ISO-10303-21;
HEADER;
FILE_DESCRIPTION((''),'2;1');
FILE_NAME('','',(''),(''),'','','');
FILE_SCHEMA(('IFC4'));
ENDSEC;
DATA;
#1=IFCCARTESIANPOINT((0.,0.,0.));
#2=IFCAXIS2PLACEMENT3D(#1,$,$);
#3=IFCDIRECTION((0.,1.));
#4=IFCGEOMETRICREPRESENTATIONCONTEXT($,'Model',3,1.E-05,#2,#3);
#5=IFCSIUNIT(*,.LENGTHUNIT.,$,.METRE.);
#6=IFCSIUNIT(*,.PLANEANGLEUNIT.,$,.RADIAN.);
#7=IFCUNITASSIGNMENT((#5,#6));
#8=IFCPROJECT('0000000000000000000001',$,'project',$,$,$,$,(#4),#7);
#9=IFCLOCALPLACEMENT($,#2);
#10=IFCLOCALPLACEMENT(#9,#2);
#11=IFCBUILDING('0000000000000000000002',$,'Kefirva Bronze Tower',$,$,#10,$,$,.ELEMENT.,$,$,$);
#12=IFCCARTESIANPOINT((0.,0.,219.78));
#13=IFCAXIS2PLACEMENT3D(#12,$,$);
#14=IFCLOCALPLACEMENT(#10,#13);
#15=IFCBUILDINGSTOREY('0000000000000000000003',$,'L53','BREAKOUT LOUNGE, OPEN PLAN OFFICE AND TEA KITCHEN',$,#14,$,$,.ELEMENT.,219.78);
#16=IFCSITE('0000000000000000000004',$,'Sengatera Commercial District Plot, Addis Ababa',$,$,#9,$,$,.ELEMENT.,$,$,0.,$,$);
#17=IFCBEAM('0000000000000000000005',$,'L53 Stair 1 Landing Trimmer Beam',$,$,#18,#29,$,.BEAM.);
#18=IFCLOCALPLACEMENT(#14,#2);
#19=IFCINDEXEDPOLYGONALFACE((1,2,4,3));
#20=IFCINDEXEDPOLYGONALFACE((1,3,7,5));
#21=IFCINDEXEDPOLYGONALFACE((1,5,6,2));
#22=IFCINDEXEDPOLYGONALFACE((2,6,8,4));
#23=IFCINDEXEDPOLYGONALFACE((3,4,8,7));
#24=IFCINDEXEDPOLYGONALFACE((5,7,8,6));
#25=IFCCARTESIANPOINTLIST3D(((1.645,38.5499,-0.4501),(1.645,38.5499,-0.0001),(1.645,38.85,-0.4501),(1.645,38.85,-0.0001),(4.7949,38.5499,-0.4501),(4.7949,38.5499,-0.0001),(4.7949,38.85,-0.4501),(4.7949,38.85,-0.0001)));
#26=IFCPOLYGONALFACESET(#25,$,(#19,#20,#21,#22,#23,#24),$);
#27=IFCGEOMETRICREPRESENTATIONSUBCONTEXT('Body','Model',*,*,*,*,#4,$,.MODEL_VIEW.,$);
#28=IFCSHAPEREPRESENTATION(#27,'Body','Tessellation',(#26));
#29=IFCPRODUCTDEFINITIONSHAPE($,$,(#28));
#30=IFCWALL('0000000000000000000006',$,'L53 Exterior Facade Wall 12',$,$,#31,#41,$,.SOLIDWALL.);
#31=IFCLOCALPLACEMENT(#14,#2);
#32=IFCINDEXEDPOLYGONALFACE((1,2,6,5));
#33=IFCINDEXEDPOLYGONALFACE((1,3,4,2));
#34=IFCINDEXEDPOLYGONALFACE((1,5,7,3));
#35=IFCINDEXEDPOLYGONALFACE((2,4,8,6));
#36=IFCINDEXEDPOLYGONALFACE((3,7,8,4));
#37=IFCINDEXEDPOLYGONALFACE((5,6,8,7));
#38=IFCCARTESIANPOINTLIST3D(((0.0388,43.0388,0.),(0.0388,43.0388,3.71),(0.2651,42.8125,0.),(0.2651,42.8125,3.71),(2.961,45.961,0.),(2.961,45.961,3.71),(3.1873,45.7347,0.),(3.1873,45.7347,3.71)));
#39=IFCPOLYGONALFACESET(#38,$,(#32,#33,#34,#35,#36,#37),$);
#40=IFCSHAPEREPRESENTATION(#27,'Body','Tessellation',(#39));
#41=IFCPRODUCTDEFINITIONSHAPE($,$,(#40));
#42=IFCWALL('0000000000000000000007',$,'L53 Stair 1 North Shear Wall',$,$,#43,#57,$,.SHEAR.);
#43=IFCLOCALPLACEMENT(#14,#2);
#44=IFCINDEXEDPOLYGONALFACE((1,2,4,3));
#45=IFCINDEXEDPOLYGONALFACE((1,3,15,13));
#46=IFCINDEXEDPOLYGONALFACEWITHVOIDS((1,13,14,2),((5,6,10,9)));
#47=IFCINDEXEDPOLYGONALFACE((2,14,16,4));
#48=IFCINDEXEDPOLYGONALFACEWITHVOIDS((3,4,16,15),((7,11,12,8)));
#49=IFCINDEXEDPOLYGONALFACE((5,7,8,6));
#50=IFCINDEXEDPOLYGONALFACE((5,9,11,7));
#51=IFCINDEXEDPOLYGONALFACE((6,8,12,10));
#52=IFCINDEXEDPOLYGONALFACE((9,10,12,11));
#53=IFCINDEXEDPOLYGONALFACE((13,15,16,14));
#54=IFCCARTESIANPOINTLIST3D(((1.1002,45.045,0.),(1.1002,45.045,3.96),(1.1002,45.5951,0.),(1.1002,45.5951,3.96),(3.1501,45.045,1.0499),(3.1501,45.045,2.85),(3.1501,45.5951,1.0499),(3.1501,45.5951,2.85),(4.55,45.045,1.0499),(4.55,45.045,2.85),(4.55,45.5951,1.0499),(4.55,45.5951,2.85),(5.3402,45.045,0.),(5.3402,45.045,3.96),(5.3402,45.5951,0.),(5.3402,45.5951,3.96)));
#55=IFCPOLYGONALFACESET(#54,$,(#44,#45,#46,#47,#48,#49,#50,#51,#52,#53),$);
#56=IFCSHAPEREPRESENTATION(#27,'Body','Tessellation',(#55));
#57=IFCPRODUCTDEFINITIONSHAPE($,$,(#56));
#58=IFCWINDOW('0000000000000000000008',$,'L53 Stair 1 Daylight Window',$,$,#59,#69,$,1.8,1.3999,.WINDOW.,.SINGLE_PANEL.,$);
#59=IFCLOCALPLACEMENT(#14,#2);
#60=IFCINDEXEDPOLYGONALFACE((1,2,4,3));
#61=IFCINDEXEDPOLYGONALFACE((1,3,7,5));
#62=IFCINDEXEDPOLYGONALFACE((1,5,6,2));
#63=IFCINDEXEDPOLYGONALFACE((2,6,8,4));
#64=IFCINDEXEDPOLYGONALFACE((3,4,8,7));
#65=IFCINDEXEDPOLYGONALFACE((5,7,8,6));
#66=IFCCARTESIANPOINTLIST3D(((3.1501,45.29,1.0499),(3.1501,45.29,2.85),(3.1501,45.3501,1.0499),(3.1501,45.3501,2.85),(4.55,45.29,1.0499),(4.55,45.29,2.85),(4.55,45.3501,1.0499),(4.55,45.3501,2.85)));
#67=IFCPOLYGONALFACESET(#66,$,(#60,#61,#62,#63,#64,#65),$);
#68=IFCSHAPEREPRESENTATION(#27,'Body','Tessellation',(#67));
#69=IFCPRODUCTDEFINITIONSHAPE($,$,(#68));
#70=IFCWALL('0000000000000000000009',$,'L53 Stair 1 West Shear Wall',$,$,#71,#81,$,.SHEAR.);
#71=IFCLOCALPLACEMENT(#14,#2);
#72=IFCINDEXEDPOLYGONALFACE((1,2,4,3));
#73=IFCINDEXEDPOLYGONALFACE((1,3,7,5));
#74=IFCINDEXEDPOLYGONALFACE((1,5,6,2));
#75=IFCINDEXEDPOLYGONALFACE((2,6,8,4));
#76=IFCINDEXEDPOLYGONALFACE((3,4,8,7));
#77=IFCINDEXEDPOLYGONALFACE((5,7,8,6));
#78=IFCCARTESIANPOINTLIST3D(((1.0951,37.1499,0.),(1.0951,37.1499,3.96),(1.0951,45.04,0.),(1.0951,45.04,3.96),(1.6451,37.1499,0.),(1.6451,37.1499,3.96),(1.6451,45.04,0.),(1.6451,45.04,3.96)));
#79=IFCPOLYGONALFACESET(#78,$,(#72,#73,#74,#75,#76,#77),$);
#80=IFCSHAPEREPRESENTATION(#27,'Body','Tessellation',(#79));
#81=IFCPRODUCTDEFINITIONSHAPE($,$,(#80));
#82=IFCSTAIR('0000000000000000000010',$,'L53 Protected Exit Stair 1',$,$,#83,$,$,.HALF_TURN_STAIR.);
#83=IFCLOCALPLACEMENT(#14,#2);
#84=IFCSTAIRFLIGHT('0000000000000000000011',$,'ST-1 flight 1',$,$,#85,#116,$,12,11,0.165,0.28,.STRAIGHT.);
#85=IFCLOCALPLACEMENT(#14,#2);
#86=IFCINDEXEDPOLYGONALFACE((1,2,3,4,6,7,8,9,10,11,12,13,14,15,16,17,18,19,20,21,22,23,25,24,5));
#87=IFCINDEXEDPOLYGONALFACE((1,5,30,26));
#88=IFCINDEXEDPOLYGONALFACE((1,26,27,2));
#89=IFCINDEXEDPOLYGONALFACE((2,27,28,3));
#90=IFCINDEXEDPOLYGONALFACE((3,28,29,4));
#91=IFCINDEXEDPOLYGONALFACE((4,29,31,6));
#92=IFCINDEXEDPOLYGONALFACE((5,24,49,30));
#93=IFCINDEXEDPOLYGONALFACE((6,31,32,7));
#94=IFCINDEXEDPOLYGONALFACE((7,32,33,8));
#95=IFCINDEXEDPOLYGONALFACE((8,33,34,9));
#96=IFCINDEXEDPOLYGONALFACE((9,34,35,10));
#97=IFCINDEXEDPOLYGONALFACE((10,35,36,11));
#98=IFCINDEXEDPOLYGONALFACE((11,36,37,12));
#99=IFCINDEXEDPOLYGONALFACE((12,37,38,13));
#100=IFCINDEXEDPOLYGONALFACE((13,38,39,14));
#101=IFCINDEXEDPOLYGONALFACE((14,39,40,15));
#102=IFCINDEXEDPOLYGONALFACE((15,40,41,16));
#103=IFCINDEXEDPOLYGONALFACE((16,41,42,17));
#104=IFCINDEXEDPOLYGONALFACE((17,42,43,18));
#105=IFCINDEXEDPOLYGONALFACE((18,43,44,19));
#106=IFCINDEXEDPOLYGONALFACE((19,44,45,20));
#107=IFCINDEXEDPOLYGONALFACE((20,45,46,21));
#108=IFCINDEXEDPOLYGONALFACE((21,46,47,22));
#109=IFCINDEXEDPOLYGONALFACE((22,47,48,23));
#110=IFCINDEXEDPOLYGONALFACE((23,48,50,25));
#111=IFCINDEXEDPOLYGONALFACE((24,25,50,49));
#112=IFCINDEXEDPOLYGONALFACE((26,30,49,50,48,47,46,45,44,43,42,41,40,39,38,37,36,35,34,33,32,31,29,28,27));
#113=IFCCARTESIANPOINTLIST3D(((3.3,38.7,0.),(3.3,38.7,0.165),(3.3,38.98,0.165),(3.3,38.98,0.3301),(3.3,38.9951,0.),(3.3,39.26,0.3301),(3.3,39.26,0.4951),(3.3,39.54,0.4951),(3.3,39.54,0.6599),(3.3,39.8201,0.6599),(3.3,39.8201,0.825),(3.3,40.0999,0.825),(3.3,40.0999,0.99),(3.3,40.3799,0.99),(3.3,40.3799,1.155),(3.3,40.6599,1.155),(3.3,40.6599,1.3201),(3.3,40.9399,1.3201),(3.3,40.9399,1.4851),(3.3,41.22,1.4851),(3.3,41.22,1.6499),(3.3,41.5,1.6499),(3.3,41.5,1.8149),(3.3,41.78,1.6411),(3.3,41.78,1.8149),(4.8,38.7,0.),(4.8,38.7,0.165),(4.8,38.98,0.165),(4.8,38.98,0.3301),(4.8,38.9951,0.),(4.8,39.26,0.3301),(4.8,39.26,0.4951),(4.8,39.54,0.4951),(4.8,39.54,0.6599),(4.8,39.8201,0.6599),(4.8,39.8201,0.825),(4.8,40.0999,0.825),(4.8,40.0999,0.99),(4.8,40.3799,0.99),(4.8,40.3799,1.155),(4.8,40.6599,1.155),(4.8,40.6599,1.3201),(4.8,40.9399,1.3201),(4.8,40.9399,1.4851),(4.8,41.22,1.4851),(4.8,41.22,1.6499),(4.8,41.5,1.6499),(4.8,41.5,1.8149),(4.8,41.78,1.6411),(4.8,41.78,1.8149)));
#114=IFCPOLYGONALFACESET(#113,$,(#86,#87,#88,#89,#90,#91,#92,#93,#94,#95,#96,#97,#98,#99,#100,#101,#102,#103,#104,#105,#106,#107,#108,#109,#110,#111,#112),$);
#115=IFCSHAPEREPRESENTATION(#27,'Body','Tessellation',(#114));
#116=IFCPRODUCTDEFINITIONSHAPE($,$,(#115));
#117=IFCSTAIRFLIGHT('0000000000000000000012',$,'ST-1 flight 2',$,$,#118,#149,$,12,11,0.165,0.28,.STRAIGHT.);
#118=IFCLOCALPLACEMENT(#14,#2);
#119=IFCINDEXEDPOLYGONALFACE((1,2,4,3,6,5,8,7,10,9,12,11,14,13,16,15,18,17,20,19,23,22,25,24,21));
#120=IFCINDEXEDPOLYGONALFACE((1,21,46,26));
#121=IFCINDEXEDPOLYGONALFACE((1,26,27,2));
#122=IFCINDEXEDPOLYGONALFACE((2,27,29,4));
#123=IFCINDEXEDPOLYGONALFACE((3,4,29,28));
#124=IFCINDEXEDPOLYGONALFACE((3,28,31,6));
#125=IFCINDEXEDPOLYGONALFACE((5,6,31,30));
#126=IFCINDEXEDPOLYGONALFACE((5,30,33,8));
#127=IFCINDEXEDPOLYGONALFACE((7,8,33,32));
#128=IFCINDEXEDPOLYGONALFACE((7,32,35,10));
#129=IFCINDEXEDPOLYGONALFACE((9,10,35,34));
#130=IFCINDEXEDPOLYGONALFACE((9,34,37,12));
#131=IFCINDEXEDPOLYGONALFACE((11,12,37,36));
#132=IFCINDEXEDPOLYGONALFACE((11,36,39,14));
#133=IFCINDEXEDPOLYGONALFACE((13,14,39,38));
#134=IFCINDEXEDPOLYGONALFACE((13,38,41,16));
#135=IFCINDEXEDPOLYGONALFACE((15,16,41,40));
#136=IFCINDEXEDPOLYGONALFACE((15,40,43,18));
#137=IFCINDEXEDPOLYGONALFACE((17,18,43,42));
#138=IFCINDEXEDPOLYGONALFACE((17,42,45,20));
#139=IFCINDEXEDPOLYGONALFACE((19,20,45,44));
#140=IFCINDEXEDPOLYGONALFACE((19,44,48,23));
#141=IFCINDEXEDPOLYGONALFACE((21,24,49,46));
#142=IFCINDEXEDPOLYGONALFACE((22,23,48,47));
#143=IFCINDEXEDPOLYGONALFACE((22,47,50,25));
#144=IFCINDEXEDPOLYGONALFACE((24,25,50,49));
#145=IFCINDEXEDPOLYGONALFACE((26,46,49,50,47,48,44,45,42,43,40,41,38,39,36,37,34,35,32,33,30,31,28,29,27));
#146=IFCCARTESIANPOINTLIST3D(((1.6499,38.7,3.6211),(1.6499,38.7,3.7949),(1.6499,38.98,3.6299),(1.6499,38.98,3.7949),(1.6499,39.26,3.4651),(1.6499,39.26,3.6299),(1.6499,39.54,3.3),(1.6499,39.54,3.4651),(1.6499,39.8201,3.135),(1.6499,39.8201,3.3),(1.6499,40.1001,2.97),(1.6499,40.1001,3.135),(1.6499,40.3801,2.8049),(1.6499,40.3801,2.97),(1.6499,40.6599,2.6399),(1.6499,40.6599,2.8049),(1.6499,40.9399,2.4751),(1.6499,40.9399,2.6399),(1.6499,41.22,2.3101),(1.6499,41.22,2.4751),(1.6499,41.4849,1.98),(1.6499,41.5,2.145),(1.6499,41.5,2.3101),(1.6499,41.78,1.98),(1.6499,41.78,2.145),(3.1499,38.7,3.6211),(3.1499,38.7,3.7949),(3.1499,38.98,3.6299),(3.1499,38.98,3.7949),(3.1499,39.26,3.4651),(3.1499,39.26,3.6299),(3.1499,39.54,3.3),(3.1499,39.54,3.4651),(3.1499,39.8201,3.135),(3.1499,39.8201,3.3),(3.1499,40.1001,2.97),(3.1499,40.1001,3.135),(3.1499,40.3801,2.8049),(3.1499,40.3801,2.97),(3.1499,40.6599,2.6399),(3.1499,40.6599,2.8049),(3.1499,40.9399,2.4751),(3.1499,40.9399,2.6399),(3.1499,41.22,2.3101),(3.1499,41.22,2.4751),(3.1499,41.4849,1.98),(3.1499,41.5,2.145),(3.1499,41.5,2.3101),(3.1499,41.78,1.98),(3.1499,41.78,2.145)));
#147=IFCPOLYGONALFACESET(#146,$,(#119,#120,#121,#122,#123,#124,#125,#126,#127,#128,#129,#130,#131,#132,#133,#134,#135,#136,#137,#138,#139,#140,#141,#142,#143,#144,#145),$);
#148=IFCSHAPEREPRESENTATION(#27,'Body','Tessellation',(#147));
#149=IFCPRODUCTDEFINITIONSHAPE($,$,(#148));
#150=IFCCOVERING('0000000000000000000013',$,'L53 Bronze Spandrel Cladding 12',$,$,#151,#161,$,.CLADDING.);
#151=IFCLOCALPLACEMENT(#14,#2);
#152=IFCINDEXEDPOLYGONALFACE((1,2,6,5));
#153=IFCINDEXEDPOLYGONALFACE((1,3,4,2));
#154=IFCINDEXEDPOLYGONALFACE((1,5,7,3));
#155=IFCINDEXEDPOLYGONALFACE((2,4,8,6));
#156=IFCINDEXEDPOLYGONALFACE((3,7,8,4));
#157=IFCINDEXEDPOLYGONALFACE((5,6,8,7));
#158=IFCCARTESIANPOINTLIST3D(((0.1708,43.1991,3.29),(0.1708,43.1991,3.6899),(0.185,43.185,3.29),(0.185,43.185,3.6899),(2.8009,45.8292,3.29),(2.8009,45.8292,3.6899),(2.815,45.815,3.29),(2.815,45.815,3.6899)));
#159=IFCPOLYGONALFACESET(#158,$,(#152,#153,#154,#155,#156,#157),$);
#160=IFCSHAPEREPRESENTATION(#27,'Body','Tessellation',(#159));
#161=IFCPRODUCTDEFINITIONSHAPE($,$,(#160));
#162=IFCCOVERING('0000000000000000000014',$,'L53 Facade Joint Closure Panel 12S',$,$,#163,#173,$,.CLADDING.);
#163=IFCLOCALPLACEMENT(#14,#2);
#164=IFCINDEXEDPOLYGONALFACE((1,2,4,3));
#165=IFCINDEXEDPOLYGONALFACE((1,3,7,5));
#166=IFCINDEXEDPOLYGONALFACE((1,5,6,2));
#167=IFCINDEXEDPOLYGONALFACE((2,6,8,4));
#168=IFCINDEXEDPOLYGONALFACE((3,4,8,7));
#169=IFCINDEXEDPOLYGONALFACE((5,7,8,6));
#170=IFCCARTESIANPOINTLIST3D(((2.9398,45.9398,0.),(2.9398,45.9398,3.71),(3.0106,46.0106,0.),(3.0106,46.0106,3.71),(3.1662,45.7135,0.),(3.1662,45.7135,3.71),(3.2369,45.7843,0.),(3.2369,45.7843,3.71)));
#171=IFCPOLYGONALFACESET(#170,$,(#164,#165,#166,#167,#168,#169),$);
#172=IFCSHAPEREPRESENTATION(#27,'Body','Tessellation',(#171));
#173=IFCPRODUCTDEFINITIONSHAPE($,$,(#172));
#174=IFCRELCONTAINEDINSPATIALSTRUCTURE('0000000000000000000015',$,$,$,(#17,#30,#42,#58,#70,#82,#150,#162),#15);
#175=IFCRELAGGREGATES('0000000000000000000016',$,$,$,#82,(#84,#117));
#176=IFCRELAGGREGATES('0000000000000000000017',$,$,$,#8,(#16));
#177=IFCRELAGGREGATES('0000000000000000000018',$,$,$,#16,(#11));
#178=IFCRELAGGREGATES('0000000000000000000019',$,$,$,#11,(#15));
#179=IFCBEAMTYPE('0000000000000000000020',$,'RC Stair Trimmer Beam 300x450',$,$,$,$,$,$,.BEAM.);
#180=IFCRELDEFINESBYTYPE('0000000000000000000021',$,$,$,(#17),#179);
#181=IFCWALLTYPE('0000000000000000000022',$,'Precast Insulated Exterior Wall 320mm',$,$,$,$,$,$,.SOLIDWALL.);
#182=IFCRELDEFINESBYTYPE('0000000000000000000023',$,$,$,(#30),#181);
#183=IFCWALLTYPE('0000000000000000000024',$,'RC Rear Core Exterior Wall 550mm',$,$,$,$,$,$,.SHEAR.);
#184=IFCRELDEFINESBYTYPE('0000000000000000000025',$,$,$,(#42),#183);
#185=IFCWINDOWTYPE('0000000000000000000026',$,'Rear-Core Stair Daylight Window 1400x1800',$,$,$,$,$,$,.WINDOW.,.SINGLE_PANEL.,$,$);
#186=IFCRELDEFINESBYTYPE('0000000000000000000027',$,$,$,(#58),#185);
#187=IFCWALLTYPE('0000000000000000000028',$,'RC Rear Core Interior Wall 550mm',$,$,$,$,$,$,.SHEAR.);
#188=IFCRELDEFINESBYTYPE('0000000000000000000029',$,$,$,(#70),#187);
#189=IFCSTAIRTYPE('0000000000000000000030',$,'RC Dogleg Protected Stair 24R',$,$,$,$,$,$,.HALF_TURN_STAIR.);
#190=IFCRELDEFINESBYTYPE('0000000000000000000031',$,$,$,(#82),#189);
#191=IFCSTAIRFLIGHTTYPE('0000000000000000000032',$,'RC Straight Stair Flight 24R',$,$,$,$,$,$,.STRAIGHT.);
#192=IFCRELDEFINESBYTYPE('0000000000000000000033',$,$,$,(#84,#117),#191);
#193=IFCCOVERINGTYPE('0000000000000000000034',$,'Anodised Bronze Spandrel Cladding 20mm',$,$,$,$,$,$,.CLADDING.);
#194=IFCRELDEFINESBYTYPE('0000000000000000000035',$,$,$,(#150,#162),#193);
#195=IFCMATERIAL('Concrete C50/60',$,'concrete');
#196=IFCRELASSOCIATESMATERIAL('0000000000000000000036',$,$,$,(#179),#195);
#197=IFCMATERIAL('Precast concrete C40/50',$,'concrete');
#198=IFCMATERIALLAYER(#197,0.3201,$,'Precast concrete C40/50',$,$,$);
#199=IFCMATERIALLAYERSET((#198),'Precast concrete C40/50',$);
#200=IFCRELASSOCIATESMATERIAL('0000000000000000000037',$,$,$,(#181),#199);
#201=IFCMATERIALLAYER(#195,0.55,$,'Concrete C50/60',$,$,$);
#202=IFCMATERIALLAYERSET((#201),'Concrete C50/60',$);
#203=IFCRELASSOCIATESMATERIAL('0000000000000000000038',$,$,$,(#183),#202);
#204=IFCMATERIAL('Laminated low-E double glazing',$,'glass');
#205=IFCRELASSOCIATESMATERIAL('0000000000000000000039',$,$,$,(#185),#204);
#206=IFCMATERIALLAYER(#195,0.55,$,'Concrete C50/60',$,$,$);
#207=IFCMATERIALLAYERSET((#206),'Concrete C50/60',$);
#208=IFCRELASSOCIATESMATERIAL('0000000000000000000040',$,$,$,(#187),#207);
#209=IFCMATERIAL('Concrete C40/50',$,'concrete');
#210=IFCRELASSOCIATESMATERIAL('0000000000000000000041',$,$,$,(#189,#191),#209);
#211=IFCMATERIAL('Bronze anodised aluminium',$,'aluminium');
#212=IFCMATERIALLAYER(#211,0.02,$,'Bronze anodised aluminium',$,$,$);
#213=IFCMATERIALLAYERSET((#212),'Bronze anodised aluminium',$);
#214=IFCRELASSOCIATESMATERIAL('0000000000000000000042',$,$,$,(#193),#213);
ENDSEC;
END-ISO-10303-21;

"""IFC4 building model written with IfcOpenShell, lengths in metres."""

from ifc_helpers import new_model, si_unit, direction, frame, frame_2d, origin, origin_2d, place, context, subcontext, project, spatial, polyline, rectangle, outline, extrude, material, layer, layer_set, material_profile, profile_set, type_object, element, fill, aggregate, save


model = new_model("IFC4")

# Units and contexts
model_context = context("Model", 3, precision=1e-05, world=origin(), true_north=direction((0.0, 1.0)))
body_context = subcontext(model_context, "Body", "Model", "MODEL_VIEW")
ifc_project = project(units=[si_unit("LENGTHUNIT", "METRE"), si_unit("PLANEANGLEUNIT", "RADIAN")], contexts=[model_context])

# Site, building, storey
site_placement = place(None, origin())
site = spatial("IfcSite", under=ifc_project, at=site_placement, Name="Sengatera Commercial District Plot, Addis Ababa", CompositionType="ELEMENT", RefElevation=0.0)
building_placement = place(site_placement, origin())
building = spatial("IfcBuilding", under=site, at=building_placement, Name="Kefirva Bronze Tower", CompositionType="ELEMENT")
storey_placement = place(building_placement, frame((0.0, 0.0, 219.78)))
storey = spatial("IfcBuildingStorey", under=building, at=storey_placement, Name="L53", Description="BREAKOUT LOUNGE, OPEN PLAN OFFICE AND TEA KITCHEN", CompositionType="ELEMENT", Elevation=219.78)

# Beam
ifc_material_1 = material(Name="Concrete C50/60", Category="concrete")
ifc_material_profile = material_profile(ifc_material_1, rectangle(XDim=0.3, YDim=0.45, at=origin_2d()), Name="RC 300x450")
ifc_profile_set = profile_set([ifc_material_profile], Name="Concrete C50/60")
beam_type = type_object("IfcBeamType", Name="RC Stair Trimmer Beam 300x450", PredefinedType="BEAM", material=ifc_profile_set)
beam_placement = place(storey_placement, frame((1.645, 38.7, -0.2251), z_axis=(1.0, 0.0, 0.0), x_axis=(0.0, 1.0, 0.0)))
element("IfcBeam", 1, at=beam_placement, inside=storey, type_object=beam_type, Name="L53 Stair 1 Landing Trimmer Beam", PredefinedType="BEAM", context=body_context, shape_type="SweptSolid", body=[
    extrude(rectangle(XDim=0.3, YDim=0.45, at=origin_2d()), origin(), (0.0, 0.0, 1.0), 3.1499),
])

# Wall
ifc_material_2 = material(Name="Precast concrete C40/50", Category="concrete")
ifc_layer_1 = layer(ifc_material_2, 0.3201, Name="Precast concrete C40/50")
ifc_layer_set_1 = layer_set([ifc_layer_1], Name="Precast concrete C40/50")
wall_type_1 = type_object("IfcWallType", Name="Precast Insulated Exterior Wall 320mm", PredefinedType="SOLIDWALL", material=ifc_layer_set_1)
wall_1_placement = place(storey_placement, frame((3.0742, 45.8479, 0.0), z_axis=(0.0, 0.0, 1.0), x_axis=(-0.707107, -0.707107, 0.0)))
element("IfcWall", 2, at=wall_1_placement, inside=storey, type_object=wall_type_1, Name="L53 Exterior Facade Wall 12", PredefinedType="SOLIDWALL", context=body_context, shape_type="SweptSolid", body=[
    extrude(rectangle(XDim=4.1326, YDim=0.3201, at=frame_2d((2.0664, 0.0))), origin(), (0.0, 0.0, 1.0), 3.71),
])

# Wall, opening, window
ifc_layer_2 = layer(ifc_material_1, 0.55, Name="Concrete C50/60")
ifc_layer_set_2 = layer_set([ifc_layer_2], Name="Concrete C50/60")
wall_type_2 = type_object("IfcWallType", Name="RC Rear Core Exterior Wall 550mm", PredefinedType="SHEAR", material=ifc_layer_set_2)
wall_2_placement = place(storey_placement, frame((1.1001, 45.3201, 0.0), z_axis=(0.0, 0.0, 1.0), x_axis=(1.0, 0.0, 0.0)))
wall_2 = element("IfcWall", 3, at=wall_2_placement, inside=storey, type_object=wall_type_2, Name="L53 Stair 1 North Shear Wall", PredefinedType="SHEAR", context=body_context, shape_type="SweptSolid", body=[
    extrude(rectangle(XDim=4.24, YDim=0.55, at=frame_2d((2.1201, 0.0))), origin(), (0.0, 0.0, 1.0), 3.96),
])
opening_1_placement = place(wall_2_placement, frame((2.05, 0.0, 1.05)))
opening_1 = element("IfcOpeningElement", 4, at=opening_1_placement, cuts=wall_2, PredefinedType="OPENING", context=body_context, shape_type="SweptSolid", body=[
    extrude(rectangle(XDim=1.3999, YDim=1.8, at=frame_2d((0.7, 0.8999))), frame((0.0, 0.2852, 0.0), z_axis=(0.0, -1.0, 0.0), x_axis=(1.0, 0.0, 0.0)), (0.0, 0.0, 1.0), 0.5701),
])
ifc_material_3 = material(Name="Laminated low-E double glazing", Category="glass")
window_type = type_object("IfcWindowType", Name="Rear-Core Stair Daylight Window 1400x1800", PartitioningType="SINGLE_PANEL", PredefinedType="WINDOW", material=ifc_material_3)
window_placement = place(opening_1_placement, origin())
window = element("IfcWindow", 5, at=window_placement, inside=storey, type_object=window_type, Name="L53 Stair 1 Daylight Window", OverallHeight=1.8, OverallWidth=1.3999, PartitioningType="SINGLE_PANEL", PredefinedType="WINDOW", context=body_context, shape_type="SweptSolid", body=[
    extrude(rectangle(XDim=1.3999, YDim=1.8, at=frame_2d((0.7, 0.8999))), frame((0.0, 0.03, 0.0), z_axis=(0.0, -1.0, 0.0), x_axis=(1.0, 0.0, 0.0)), (0.0, 0.0, 1.0), 0.0601),
])
fill(opening_1, window)

# Wall
ifc_layer_3 = layer(ifc_material_1, 0.55, Name="Concrete C50/60")
ifc_layer_set_3 = layer_set([ifc_layer_3], Name="Concrete C50/60")
wall_type_3 = type_object("IfcWallType", Name="RC Rear Core Interior Wall 550mm", PredefinedType="SHEAR", material=ifc_layer_set_3)
wall_3_placement = place(storey_placement, frame((1.3701, 37.1499, 0.0), z_axis=(0.0, 0.0, 1.0), x_axis=(0.0, 1.0, 0.0)))
element("IfcWall", 6, at=wall_3_placement, inside=storey, type_object=wall_type_3, Name="L53 Stair 1 West Shear Wall", PredefinedType="SHEAR", context=body_context, shape_type="SweptSolid", body=[
    extrude(rectangle(XDim=7.8901, YDim=0.55, at=frame_2d((3.9451, 0.0))), origin(), (0.0, 0.0, 1.0), 3.96),
])

# Stair, stair flights
ifc_material_4 = material(Name="Concrete C40/50", Category="concrete")
stair_type = type_object("IfcStairType", Name="RC Dogleg Protected Stair 24R", PredefinedType="HALF_TURN_STAIR", material=ifc_material_4)
stair_placement = place(storey_placement, origin())
stair = element("IfcStair", 7, at=stair_placement, inside=storey, type_object=stair_type, Name="L53 Protected Exit Stair 1", PredefinedType="HALF_TURN_STAIR")
stair_flight_type = type_object("IfcStairFlightType", Name="RC Straight Stair Flight 24R", PredefinedType="STRAIGHT", material=ifc_material_4)
stair_flight_1_placement = place(storey_placement, frame((4.05, 38.7, 0.0), z_axis=(0.0, 0.0, 1.0), x_axis=(0.0, 1.0, 0.0)))
stair_flight_1 = element("IfcStairFlight", 8, at=stair_flight_1_placement, type_object=stair_flight_type, Name="ST-1 flight 1", NumberOfRisers=12, NumberOfTreads=11, PredefinedType="STRAIGHT", RiserHeight=0.165, TreadLength=0.28, context=body_context, shape_type="SweptSolid", body=[
    extrude(outline(polyline([(0.0, 0.0), (0.0, 0.165), (0.28, 0.165), (0.28, 0.3301), (0.5601, 0.3301), (0.5601, 0.4951), (0.8401, 0.4951), (0.8401, 0.6599), (1.1201, 0.6599), (1.1201, 0.825), (1.3999, 0.825), (1.3999, 0.99), (1.6799, 0.99), (1.6799, 1.155), (1.96, 1.155), (1.96, 1.3201), (2.24, 1.3201), (2.24, 1.4851), (2.52, 1.4851), (2.52, 1.6499), (2.8, 1.6499), (2.8, 1.8149), (3.0801, 1.8149), (3.0801, 1.98), (3.0801, 1.6411), (0.2952, 0.0), (0.0, 0.0)])), frame((0.0, 0.75, 0.0), z_axis=(0.0, -1.0, 0.0), x_axis=(1.0, 0.0, 0.0)), (0.0, 0.0, 1.0), 1.5),
])
stair_flight_2_placement = place(storey_placement, frame((2.3999, 41.78, 1.98), z_axis=(0.0, 0.0, 1.0), x_axis=(0.0, -1.0, 0.0)))
stair_flight_2 = element("IfcStairFlight", 9, at=stair_flight_2_placement, type_object=stair_flight_type, Name="ST-1 flight 2", NumberOfRisers=12, NumberOfTreads=11, PredefinedType="STRAIGHT", RiserHeight=0.165, TreadLength=0.28, context=body_context, shape_type="SweptSolid", body=[
    extrude(outline(polyline([(0.0, 0.0), (0.0, 0.165), (0.28, 0.165), (0.28, 0.3301), (0.5601, 0.3301), (0.5601, 0.4951), (0.8401, 0.4951), (0.8401, 0.6599), (1.1201, 0.6599), (1.1201, 0.825), (1.3999, 0.825), (1.3999, 0.99), (1.6799, 0.99), (1.6799, 1.155), (1.96, 1.155), (1.96, 1.3201), (2.24, 1.3201), (2.24, 1.4851), (2.52, 1.4851), (2.52, 1.6499), (2.8, 1.6499), (2.8, 1.8149), (3.0801, 1.8149), (3.0801, 1.98), (3.0801, 1.6411), (0.2952, 0.0), (0.0, 0.0)])), frame((0.0, 0.75, 0.0), z_axis=(0.0, -1.0, 0.0), x_axis=(1.0, 0.0, 0.0)), (0.0, 0.0, 1.0), 1.5),
])
aggregate(stair, [stair_flight_1, stair_flight_2])

# Coverings
ifc_material_5 = material(Name="Bronze anodised aluminium", Category="aluminium")
ifc_layer_4 = layer(ifc_material_5, 0.02, Name="Bronze anodised aluminium")
ifc_layer_set_4 = layer_set([ifc_layer_4], Name="Bronze anodised aluminium")
covering_type_1 = type_object("IfcCoveringType", Name="Anodised Bronze Spandrel Cladding 20mm", PredefinedType="CLADDING", material=ifc_layer_set_4)
covering_1_placement = place(storey_placement, frame((1.4929, 44.5071, 3.29), z_axis=(0.0, 0.0, 1.0), x_axis=(-0.707107, -0.707107, 0.0)))
element("IfcCovering", 10, at=covering_1_placement, inside=storey, type_object=covering_type_1, Name="L53 Bronze Spandrel Cladding 12", PredefinedType="CLADDING", context=body_context, shape_type="SweptSolid", body=[
    extrude(rectangle(XDim=3.7195, YDim=0.02, at=origin_2d()), origin(), (0.0, 0.0, 1.0), 0.3999),
])
for number, where, z_axis, x_axis, name in (
    (11, (3.0884, 45.8621, 0.0), (0.0, 0.0, 1.0), (-0.707107, -0.707107, 0.0), "L53 Facade Joint Closure Panel 12S"),
):
    element("IfcCovering", number, at=place(storey_placement, frame(where, z_axis=z_axis, x_axis=x_axis)), inside=storey, type_object=covering_type_1, Name=name, PredefinedType="CLADDING", context=body_context, shape_type="SweptSolid", body=[
        extrude(rectangle(XDim=0.1001, YDim=0.3201, at=origin_2d()), origin(), (0.0, 0.0, 1.0), 3.71),
    ])

save(model, "model.ifc")
